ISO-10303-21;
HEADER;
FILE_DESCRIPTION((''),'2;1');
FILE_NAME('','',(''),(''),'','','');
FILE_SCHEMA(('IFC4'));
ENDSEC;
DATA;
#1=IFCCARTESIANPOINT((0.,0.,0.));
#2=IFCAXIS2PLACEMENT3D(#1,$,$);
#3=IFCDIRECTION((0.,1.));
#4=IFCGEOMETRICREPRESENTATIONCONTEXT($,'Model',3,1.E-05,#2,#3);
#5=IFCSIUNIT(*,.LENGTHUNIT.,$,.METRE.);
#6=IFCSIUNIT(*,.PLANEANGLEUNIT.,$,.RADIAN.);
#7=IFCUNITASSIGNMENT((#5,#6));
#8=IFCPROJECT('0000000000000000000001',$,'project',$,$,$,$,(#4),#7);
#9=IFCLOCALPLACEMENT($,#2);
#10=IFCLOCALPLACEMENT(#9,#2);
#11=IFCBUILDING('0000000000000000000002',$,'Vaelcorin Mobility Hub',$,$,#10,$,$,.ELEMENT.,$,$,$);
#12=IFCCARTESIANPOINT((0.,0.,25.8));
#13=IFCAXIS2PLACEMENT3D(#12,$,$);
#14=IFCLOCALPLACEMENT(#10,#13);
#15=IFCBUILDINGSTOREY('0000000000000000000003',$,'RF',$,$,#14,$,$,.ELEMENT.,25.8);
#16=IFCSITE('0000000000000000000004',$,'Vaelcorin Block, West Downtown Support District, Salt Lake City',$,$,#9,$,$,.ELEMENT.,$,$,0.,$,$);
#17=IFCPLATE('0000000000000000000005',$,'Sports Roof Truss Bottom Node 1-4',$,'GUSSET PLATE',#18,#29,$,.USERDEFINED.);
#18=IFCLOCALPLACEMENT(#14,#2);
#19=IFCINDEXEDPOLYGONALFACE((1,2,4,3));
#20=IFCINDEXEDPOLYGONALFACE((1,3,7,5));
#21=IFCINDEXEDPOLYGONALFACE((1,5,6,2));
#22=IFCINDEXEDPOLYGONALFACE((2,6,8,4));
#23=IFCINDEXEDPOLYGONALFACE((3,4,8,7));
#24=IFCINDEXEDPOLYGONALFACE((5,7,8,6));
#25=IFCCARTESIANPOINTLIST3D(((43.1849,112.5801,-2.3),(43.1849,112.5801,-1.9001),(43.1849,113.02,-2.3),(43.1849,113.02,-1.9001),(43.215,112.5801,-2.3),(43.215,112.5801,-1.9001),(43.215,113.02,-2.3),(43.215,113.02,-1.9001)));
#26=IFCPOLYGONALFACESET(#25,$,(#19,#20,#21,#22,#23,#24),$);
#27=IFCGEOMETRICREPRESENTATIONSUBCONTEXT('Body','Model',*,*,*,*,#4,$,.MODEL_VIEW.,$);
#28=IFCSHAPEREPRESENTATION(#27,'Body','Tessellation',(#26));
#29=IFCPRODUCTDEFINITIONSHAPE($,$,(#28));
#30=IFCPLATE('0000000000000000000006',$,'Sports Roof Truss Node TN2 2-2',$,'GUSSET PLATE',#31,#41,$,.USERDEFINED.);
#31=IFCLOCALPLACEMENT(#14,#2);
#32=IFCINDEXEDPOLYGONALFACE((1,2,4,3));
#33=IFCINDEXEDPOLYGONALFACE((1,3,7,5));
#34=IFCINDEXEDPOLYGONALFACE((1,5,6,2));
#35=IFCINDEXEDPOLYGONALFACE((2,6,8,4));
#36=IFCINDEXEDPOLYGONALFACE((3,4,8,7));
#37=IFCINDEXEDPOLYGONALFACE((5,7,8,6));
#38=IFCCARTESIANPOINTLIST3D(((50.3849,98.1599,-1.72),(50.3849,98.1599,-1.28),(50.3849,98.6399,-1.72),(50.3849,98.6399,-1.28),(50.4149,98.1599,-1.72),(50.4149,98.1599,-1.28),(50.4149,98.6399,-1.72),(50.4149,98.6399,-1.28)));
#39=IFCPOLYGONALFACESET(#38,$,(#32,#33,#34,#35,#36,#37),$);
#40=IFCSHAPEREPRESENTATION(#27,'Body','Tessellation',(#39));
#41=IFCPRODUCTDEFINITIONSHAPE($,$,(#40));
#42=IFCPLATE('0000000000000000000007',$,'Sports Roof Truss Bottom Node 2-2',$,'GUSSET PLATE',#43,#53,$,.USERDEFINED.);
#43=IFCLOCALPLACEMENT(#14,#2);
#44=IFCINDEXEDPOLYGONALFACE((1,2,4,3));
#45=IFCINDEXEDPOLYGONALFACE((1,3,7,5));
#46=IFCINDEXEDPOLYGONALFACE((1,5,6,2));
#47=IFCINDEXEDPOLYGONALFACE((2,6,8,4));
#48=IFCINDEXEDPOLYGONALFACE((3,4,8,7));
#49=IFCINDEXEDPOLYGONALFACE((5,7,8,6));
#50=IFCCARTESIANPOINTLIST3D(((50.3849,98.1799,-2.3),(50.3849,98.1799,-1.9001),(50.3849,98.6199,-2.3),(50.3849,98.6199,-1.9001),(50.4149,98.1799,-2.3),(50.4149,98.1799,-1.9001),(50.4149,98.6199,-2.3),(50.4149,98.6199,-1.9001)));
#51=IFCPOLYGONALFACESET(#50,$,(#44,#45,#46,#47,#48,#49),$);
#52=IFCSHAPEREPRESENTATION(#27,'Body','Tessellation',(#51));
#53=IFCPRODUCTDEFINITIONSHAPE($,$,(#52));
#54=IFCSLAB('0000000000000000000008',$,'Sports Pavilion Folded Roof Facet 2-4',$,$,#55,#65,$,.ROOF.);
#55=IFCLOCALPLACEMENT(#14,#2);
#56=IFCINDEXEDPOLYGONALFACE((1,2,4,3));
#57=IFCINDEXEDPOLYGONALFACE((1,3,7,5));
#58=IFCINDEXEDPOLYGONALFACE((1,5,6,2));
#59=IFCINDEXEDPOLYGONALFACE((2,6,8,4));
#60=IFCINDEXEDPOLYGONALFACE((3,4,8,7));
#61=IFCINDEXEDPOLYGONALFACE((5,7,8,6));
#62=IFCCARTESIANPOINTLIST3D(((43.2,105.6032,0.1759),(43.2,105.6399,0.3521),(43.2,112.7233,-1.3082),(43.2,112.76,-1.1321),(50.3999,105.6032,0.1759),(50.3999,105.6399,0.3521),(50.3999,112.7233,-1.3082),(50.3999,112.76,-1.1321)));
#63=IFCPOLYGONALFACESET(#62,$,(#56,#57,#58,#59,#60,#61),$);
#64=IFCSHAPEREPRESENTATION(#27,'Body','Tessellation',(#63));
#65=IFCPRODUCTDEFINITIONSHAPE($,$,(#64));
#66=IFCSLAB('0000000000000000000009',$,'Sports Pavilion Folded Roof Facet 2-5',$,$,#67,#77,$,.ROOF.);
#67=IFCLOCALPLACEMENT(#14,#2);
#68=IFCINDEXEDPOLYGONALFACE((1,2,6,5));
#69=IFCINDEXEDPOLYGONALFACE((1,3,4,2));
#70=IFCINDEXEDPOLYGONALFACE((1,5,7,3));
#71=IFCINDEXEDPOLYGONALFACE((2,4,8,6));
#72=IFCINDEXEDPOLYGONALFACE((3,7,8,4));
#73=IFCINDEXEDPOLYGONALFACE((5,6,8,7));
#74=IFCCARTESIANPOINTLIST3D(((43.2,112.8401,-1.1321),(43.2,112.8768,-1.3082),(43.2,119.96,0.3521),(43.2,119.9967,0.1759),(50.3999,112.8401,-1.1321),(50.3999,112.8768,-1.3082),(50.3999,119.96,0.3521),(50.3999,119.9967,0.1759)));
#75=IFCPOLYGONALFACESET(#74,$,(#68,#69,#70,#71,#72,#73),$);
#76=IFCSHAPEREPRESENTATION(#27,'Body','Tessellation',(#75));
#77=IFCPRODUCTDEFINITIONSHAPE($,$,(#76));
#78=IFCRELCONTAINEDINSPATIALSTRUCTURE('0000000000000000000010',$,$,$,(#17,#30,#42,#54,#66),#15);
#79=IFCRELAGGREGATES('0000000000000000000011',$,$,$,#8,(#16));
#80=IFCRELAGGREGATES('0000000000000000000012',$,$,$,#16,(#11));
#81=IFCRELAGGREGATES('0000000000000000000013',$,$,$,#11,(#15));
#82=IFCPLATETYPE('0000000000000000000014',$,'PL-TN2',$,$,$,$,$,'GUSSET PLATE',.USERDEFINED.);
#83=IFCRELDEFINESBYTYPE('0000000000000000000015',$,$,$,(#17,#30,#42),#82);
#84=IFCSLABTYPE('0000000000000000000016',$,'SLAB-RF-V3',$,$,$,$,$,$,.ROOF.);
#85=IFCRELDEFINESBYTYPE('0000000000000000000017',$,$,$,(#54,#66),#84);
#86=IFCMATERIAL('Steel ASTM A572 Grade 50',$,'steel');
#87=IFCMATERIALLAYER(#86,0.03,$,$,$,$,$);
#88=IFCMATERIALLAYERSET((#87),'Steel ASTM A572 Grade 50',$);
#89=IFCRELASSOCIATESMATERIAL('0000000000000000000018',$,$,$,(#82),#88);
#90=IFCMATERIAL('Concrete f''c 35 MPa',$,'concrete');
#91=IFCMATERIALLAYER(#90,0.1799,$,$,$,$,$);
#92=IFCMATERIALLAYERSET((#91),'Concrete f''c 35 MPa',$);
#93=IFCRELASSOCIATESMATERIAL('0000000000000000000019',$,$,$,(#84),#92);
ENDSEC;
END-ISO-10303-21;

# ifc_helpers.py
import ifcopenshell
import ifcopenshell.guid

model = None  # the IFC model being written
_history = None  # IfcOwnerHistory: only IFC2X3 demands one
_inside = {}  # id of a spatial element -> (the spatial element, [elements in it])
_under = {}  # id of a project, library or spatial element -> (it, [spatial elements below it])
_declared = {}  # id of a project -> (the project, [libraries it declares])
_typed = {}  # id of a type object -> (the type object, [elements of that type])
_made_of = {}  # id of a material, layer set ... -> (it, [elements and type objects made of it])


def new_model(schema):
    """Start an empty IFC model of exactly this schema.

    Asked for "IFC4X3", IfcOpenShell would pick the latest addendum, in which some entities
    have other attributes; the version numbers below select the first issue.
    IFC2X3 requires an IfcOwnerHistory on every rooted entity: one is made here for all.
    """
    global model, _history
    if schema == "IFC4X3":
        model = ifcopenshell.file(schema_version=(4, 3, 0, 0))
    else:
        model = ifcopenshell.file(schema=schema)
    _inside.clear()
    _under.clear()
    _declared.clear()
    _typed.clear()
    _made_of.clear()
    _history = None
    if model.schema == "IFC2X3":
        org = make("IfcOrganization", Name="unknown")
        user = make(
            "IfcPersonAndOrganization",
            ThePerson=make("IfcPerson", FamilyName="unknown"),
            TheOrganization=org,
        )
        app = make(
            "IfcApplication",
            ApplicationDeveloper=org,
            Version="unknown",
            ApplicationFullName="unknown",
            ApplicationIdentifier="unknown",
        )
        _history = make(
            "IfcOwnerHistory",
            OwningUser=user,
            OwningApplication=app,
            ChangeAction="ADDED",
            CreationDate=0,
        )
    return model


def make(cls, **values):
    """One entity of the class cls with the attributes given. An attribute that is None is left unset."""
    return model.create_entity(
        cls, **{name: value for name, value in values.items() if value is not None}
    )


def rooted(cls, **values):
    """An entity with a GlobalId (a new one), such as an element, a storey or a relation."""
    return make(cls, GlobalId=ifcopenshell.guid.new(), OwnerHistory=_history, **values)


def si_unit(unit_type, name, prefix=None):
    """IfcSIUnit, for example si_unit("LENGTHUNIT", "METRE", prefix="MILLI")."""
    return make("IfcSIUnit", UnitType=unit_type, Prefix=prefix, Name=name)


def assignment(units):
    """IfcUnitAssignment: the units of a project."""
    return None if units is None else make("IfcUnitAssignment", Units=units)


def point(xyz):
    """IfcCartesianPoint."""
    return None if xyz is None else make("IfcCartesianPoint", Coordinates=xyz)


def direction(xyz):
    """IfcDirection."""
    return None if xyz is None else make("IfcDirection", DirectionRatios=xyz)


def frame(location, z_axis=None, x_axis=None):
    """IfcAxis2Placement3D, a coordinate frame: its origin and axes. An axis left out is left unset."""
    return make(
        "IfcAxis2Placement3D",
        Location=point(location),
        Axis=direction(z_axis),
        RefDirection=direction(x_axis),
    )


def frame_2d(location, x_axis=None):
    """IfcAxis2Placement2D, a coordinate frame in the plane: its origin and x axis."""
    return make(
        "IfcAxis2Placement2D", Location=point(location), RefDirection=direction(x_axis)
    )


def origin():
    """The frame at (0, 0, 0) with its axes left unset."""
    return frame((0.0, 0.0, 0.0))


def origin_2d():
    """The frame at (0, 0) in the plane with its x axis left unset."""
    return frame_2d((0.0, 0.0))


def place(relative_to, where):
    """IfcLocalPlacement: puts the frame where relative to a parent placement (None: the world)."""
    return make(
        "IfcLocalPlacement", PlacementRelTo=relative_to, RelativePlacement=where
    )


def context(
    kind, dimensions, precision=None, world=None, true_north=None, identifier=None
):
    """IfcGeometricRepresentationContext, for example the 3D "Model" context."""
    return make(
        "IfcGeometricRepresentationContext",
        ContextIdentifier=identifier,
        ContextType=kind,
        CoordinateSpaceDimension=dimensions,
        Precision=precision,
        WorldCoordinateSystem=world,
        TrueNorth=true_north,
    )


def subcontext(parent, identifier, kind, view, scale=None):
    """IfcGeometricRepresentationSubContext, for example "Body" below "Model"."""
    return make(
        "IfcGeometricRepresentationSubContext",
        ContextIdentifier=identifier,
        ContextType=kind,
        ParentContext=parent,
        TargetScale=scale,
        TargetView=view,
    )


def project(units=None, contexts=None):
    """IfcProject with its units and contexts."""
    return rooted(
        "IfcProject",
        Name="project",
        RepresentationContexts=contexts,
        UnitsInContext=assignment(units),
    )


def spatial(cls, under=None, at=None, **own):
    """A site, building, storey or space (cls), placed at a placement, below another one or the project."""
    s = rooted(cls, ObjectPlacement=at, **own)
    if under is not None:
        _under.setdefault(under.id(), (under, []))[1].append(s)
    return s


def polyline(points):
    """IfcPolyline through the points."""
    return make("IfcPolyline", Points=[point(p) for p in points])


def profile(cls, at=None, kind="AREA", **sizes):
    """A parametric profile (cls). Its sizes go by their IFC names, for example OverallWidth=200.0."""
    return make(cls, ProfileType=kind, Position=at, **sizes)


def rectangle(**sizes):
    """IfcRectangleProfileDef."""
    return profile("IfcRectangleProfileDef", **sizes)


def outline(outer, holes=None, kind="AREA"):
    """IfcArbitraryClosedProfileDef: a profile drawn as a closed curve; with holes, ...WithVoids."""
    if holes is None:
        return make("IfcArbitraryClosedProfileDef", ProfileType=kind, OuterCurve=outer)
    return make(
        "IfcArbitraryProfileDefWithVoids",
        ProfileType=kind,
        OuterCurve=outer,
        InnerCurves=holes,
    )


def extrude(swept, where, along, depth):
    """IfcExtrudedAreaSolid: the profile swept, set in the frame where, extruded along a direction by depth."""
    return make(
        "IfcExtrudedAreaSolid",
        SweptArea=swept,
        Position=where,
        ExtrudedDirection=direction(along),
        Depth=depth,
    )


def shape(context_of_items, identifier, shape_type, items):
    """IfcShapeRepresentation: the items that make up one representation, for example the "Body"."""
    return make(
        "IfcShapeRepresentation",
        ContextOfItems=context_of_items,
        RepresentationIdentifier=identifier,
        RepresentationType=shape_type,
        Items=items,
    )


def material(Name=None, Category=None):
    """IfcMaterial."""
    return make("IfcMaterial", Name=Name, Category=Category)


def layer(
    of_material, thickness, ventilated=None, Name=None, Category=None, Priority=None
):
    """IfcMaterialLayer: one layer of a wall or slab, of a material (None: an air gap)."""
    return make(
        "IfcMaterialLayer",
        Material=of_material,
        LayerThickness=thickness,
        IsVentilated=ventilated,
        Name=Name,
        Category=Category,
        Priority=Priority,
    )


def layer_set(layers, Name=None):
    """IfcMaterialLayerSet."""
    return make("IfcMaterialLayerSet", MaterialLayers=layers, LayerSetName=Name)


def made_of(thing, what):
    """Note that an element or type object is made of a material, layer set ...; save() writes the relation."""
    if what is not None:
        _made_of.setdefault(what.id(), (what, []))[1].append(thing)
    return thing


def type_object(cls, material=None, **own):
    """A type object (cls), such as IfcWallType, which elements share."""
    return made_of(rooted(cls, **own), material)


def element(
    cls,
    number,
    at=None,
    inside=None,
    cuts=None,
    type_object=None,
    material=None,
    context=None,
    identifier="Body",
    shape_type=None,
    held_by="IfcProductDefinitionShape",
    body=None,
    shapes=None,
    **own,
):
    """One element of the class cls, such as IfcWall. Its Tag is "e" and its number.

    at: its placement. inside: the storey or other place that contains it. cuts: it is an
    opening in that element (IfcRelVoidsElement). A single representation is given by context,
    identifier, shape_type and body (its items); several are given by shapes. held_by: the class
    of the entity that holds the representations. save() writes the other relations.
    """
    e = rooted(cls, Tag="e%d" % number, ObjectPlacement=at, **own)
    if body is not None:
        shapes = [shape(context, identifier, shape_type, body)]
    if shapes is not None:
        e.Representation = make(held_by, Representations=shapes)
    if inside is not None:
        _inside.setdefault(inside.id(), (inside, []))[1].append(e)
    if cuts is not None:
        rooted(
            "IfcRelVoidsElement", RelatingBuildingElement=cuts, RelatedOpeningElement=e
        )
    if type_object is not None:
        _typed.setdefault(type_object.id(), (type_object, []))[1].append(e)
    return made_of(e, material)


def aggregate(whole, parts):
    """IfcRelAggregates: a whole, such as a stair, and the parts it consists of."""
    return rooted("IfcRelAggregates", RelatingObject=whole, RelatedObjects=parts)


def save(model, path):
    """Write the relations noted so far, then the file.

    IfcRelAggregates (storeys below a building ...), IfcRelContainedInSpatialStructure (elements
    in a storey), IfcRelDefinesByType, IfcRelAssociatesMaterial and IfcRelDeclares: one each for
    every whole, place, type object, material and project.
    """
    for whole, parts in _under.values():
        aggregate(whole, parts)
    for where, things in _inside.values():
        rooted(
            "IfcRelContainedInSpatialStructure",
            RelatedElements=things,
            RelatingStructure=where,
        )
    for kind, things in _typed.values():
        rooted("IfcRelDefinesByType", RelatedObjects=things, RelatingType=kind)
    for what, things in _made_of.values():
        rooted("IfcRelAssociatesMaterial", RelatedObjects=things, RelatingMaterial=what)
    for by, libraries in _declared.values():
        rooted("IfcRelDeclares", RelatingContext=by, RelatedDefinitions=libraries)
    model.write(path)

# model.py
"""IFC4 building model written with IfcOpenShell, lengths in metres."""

from ifc_helpers import new_model, si_unit, direction, frame, origin, origin_2d, place, context, subcontext, project, spatial, polyline, rectangle, outline, extrude, material, layer, layer_set, type_object, element, save


model = new_model("IFC4")

# Units and contexts
model_context = context("Model", 3, precision=1e-05, world=origin(), true_north=direction((0.0, 1.0)))
body_context = subcontext(model_context, "Body", "Model", "MODEL_VIEW")
ifc_project = project(units=[si_unit("LENGTHUNIT", "METRE"), si_unit("PLANEANGLEUNIT", "RADIAN")], contexts=[model_context])

# Site, building, storey
site_placement = place(None, origin())
site = spatial("IfcSite", under=ifc_project, at=site_placement, Name="Vaelcorin Block, West Downtown Support District, Salt Lake City", CompositionType="ELEMENT", RefElevation=0.0)
building_placement = place(site_placement, origin())
building = spatial("IfcBuilding", under=site, at=building_placement, Name="Vaelcorin Mobility Hub", CompositionType="ELEMENT")
storey_placement = place(building_placement, frame((0.0, 0.0, 25.8)))
storey = spatial("IfcBuildingStorey", under=building, at=storey_placement, Name="RF", CompositionType="ELEMENT", Elevation=25.8)

# Plates
ifc_material_1 = material(Name="Steel ASTM A572 Grade 50", Category="steel")
ifc_layer_1 = layer(ifc_material_1, 0.03)
ifc_layer_set_1 = layer_set([ifc_layer_1], Name="Steel ASTM A572 Grade 50")
plate_type_1 = type_object("IfcPlateType", Name="PL-TN2", ElementType="GUSSET PLATE", PredefinedType="USERDEFINED", material=ifc_layer_set_1)
plate_1_placement = place(storey_placement, frame((43.2, 112.8, -2.3), z_axis=(0.0, 0.0, 1.0), x_axis=(1.0, 0.0, 0.0)))
element("IfcPlate", 1, at=plate_1_placement, inside=storey, type_object=plate_type_1, Name="Sports Roof Truss Bottom Node 1-4", ObjectType="GUSSET PLATE", PredefinedType="USERDEFINED", context=body_context, shape_type="SweptSolid", body=[
    extrude(rectangle(XDim=0.03, YDim=0.4399, at=origin_2d()), origin(), (0.0, 0.0, 1.0), 0.3999),
])
plate_2_placement = place(storey_placement, frame((50.3999, 98.3999, -1.72), z_axis=(0.0, 0.0, 1.0), x_axis=(1.0, 0.0, 0.0)))
element("IfcPlate", 2, at=plate_2_placement, inside=storey, type_object=plate_type_1, Name="Sports Roof Truss Node TN2 2-2", ObjectType="GUSSET PLATE", PredefinedType="USERDEFINED", context=body_context, shape_type="SweptSolid", body=[
    extrude(rectangle(XDim=0.03, YDim=0.48, at=origin_2d()), origin(), (0.0, 0.0, 1.0), 0.4399),
])
plate_3_placement = place(storey_placement, frame((50.3999, 98.3999, -2.3), z_axis=(0.0, 0.0, 1.0), x_axis=(1.0, 0.0, 0.0)))
element("IfcPlate", 3, at=plate_3_placement, inside=storey, type_object=plate_type_1, Name="Sports Roof Truss Bottom Node 2-2", ObjectType="GUSSET PLATE", PredefinedType="USERDEFINED", context=body_context, shape_type="SweptSolid", body=[
    extrude(rectangle(XDim=0.03, YDim=0.4399, at=origin_2d()), origin(), (0.0, 0.0, 1.0), 0.3999),
])

# Slabs
ifc_material_2 = material(Name="Concrete f'c 35 MPa", Category="concrete")
ifc_layer_2 = layer(ifc_material_2, 0.1799)
ifc_layer_set_2 = layer_set([ifc_layer_2], Name="Concrete f'c 35 MPa")
slab_type = type_object("IfcSlabType", Name="SLAB-RF-V3", PredefinedType="ROOF", material=ifc_layer_set_2)
slab_1_placement = place(storey_placement, frame((43.2, 105.6399, 0.3521), z_axis=(0.0, 0.204056, 0.978959), x_axis=(1.0, 0.0, 0.0)))
element("IfcSlab", 4, at=slab_1_placement, inside=storey, type_object=slab_type, Name="Sports Pavilion Folded Roof Facet 2-4", PredefinedType="ROOF", context=body_context, shape_type="SweptSolid", body=[
    extrude(outline(polyline([(0.0, 0.0), (7.2, 0.0), (7.2, 7.2732), (0.0, 7.2732), (0.0, 0.0)])), origin(), (0.0, 0.0, -1.0), 0.1799),
])
slab_2_placement = place(storey_placement, frame((43.2, 112.8401, -1.1321), z_axis=(0.0, -0.204063, 0.978958), x_axis=(1.0, 0.0, 0.0)))
element("IfcSlab", 5, at=slab_2_placement, inside=storey, type_object=slab_type, Name="Sports Pavilion Folded Roof Facet 2-5", PredefinedType="ROOF", context=body_context, shape_type="SweptSolid", body=[
    extrude(outline(polyline([(0.0, 0.0), (7.2, 0.0), (7.2, 7.2729), (0.0, 7.2729), (0.0, 0.0)])), origin(), (0.0, 0.0, -1.0), 0.1799),
])

save(model, "model.ifc")
